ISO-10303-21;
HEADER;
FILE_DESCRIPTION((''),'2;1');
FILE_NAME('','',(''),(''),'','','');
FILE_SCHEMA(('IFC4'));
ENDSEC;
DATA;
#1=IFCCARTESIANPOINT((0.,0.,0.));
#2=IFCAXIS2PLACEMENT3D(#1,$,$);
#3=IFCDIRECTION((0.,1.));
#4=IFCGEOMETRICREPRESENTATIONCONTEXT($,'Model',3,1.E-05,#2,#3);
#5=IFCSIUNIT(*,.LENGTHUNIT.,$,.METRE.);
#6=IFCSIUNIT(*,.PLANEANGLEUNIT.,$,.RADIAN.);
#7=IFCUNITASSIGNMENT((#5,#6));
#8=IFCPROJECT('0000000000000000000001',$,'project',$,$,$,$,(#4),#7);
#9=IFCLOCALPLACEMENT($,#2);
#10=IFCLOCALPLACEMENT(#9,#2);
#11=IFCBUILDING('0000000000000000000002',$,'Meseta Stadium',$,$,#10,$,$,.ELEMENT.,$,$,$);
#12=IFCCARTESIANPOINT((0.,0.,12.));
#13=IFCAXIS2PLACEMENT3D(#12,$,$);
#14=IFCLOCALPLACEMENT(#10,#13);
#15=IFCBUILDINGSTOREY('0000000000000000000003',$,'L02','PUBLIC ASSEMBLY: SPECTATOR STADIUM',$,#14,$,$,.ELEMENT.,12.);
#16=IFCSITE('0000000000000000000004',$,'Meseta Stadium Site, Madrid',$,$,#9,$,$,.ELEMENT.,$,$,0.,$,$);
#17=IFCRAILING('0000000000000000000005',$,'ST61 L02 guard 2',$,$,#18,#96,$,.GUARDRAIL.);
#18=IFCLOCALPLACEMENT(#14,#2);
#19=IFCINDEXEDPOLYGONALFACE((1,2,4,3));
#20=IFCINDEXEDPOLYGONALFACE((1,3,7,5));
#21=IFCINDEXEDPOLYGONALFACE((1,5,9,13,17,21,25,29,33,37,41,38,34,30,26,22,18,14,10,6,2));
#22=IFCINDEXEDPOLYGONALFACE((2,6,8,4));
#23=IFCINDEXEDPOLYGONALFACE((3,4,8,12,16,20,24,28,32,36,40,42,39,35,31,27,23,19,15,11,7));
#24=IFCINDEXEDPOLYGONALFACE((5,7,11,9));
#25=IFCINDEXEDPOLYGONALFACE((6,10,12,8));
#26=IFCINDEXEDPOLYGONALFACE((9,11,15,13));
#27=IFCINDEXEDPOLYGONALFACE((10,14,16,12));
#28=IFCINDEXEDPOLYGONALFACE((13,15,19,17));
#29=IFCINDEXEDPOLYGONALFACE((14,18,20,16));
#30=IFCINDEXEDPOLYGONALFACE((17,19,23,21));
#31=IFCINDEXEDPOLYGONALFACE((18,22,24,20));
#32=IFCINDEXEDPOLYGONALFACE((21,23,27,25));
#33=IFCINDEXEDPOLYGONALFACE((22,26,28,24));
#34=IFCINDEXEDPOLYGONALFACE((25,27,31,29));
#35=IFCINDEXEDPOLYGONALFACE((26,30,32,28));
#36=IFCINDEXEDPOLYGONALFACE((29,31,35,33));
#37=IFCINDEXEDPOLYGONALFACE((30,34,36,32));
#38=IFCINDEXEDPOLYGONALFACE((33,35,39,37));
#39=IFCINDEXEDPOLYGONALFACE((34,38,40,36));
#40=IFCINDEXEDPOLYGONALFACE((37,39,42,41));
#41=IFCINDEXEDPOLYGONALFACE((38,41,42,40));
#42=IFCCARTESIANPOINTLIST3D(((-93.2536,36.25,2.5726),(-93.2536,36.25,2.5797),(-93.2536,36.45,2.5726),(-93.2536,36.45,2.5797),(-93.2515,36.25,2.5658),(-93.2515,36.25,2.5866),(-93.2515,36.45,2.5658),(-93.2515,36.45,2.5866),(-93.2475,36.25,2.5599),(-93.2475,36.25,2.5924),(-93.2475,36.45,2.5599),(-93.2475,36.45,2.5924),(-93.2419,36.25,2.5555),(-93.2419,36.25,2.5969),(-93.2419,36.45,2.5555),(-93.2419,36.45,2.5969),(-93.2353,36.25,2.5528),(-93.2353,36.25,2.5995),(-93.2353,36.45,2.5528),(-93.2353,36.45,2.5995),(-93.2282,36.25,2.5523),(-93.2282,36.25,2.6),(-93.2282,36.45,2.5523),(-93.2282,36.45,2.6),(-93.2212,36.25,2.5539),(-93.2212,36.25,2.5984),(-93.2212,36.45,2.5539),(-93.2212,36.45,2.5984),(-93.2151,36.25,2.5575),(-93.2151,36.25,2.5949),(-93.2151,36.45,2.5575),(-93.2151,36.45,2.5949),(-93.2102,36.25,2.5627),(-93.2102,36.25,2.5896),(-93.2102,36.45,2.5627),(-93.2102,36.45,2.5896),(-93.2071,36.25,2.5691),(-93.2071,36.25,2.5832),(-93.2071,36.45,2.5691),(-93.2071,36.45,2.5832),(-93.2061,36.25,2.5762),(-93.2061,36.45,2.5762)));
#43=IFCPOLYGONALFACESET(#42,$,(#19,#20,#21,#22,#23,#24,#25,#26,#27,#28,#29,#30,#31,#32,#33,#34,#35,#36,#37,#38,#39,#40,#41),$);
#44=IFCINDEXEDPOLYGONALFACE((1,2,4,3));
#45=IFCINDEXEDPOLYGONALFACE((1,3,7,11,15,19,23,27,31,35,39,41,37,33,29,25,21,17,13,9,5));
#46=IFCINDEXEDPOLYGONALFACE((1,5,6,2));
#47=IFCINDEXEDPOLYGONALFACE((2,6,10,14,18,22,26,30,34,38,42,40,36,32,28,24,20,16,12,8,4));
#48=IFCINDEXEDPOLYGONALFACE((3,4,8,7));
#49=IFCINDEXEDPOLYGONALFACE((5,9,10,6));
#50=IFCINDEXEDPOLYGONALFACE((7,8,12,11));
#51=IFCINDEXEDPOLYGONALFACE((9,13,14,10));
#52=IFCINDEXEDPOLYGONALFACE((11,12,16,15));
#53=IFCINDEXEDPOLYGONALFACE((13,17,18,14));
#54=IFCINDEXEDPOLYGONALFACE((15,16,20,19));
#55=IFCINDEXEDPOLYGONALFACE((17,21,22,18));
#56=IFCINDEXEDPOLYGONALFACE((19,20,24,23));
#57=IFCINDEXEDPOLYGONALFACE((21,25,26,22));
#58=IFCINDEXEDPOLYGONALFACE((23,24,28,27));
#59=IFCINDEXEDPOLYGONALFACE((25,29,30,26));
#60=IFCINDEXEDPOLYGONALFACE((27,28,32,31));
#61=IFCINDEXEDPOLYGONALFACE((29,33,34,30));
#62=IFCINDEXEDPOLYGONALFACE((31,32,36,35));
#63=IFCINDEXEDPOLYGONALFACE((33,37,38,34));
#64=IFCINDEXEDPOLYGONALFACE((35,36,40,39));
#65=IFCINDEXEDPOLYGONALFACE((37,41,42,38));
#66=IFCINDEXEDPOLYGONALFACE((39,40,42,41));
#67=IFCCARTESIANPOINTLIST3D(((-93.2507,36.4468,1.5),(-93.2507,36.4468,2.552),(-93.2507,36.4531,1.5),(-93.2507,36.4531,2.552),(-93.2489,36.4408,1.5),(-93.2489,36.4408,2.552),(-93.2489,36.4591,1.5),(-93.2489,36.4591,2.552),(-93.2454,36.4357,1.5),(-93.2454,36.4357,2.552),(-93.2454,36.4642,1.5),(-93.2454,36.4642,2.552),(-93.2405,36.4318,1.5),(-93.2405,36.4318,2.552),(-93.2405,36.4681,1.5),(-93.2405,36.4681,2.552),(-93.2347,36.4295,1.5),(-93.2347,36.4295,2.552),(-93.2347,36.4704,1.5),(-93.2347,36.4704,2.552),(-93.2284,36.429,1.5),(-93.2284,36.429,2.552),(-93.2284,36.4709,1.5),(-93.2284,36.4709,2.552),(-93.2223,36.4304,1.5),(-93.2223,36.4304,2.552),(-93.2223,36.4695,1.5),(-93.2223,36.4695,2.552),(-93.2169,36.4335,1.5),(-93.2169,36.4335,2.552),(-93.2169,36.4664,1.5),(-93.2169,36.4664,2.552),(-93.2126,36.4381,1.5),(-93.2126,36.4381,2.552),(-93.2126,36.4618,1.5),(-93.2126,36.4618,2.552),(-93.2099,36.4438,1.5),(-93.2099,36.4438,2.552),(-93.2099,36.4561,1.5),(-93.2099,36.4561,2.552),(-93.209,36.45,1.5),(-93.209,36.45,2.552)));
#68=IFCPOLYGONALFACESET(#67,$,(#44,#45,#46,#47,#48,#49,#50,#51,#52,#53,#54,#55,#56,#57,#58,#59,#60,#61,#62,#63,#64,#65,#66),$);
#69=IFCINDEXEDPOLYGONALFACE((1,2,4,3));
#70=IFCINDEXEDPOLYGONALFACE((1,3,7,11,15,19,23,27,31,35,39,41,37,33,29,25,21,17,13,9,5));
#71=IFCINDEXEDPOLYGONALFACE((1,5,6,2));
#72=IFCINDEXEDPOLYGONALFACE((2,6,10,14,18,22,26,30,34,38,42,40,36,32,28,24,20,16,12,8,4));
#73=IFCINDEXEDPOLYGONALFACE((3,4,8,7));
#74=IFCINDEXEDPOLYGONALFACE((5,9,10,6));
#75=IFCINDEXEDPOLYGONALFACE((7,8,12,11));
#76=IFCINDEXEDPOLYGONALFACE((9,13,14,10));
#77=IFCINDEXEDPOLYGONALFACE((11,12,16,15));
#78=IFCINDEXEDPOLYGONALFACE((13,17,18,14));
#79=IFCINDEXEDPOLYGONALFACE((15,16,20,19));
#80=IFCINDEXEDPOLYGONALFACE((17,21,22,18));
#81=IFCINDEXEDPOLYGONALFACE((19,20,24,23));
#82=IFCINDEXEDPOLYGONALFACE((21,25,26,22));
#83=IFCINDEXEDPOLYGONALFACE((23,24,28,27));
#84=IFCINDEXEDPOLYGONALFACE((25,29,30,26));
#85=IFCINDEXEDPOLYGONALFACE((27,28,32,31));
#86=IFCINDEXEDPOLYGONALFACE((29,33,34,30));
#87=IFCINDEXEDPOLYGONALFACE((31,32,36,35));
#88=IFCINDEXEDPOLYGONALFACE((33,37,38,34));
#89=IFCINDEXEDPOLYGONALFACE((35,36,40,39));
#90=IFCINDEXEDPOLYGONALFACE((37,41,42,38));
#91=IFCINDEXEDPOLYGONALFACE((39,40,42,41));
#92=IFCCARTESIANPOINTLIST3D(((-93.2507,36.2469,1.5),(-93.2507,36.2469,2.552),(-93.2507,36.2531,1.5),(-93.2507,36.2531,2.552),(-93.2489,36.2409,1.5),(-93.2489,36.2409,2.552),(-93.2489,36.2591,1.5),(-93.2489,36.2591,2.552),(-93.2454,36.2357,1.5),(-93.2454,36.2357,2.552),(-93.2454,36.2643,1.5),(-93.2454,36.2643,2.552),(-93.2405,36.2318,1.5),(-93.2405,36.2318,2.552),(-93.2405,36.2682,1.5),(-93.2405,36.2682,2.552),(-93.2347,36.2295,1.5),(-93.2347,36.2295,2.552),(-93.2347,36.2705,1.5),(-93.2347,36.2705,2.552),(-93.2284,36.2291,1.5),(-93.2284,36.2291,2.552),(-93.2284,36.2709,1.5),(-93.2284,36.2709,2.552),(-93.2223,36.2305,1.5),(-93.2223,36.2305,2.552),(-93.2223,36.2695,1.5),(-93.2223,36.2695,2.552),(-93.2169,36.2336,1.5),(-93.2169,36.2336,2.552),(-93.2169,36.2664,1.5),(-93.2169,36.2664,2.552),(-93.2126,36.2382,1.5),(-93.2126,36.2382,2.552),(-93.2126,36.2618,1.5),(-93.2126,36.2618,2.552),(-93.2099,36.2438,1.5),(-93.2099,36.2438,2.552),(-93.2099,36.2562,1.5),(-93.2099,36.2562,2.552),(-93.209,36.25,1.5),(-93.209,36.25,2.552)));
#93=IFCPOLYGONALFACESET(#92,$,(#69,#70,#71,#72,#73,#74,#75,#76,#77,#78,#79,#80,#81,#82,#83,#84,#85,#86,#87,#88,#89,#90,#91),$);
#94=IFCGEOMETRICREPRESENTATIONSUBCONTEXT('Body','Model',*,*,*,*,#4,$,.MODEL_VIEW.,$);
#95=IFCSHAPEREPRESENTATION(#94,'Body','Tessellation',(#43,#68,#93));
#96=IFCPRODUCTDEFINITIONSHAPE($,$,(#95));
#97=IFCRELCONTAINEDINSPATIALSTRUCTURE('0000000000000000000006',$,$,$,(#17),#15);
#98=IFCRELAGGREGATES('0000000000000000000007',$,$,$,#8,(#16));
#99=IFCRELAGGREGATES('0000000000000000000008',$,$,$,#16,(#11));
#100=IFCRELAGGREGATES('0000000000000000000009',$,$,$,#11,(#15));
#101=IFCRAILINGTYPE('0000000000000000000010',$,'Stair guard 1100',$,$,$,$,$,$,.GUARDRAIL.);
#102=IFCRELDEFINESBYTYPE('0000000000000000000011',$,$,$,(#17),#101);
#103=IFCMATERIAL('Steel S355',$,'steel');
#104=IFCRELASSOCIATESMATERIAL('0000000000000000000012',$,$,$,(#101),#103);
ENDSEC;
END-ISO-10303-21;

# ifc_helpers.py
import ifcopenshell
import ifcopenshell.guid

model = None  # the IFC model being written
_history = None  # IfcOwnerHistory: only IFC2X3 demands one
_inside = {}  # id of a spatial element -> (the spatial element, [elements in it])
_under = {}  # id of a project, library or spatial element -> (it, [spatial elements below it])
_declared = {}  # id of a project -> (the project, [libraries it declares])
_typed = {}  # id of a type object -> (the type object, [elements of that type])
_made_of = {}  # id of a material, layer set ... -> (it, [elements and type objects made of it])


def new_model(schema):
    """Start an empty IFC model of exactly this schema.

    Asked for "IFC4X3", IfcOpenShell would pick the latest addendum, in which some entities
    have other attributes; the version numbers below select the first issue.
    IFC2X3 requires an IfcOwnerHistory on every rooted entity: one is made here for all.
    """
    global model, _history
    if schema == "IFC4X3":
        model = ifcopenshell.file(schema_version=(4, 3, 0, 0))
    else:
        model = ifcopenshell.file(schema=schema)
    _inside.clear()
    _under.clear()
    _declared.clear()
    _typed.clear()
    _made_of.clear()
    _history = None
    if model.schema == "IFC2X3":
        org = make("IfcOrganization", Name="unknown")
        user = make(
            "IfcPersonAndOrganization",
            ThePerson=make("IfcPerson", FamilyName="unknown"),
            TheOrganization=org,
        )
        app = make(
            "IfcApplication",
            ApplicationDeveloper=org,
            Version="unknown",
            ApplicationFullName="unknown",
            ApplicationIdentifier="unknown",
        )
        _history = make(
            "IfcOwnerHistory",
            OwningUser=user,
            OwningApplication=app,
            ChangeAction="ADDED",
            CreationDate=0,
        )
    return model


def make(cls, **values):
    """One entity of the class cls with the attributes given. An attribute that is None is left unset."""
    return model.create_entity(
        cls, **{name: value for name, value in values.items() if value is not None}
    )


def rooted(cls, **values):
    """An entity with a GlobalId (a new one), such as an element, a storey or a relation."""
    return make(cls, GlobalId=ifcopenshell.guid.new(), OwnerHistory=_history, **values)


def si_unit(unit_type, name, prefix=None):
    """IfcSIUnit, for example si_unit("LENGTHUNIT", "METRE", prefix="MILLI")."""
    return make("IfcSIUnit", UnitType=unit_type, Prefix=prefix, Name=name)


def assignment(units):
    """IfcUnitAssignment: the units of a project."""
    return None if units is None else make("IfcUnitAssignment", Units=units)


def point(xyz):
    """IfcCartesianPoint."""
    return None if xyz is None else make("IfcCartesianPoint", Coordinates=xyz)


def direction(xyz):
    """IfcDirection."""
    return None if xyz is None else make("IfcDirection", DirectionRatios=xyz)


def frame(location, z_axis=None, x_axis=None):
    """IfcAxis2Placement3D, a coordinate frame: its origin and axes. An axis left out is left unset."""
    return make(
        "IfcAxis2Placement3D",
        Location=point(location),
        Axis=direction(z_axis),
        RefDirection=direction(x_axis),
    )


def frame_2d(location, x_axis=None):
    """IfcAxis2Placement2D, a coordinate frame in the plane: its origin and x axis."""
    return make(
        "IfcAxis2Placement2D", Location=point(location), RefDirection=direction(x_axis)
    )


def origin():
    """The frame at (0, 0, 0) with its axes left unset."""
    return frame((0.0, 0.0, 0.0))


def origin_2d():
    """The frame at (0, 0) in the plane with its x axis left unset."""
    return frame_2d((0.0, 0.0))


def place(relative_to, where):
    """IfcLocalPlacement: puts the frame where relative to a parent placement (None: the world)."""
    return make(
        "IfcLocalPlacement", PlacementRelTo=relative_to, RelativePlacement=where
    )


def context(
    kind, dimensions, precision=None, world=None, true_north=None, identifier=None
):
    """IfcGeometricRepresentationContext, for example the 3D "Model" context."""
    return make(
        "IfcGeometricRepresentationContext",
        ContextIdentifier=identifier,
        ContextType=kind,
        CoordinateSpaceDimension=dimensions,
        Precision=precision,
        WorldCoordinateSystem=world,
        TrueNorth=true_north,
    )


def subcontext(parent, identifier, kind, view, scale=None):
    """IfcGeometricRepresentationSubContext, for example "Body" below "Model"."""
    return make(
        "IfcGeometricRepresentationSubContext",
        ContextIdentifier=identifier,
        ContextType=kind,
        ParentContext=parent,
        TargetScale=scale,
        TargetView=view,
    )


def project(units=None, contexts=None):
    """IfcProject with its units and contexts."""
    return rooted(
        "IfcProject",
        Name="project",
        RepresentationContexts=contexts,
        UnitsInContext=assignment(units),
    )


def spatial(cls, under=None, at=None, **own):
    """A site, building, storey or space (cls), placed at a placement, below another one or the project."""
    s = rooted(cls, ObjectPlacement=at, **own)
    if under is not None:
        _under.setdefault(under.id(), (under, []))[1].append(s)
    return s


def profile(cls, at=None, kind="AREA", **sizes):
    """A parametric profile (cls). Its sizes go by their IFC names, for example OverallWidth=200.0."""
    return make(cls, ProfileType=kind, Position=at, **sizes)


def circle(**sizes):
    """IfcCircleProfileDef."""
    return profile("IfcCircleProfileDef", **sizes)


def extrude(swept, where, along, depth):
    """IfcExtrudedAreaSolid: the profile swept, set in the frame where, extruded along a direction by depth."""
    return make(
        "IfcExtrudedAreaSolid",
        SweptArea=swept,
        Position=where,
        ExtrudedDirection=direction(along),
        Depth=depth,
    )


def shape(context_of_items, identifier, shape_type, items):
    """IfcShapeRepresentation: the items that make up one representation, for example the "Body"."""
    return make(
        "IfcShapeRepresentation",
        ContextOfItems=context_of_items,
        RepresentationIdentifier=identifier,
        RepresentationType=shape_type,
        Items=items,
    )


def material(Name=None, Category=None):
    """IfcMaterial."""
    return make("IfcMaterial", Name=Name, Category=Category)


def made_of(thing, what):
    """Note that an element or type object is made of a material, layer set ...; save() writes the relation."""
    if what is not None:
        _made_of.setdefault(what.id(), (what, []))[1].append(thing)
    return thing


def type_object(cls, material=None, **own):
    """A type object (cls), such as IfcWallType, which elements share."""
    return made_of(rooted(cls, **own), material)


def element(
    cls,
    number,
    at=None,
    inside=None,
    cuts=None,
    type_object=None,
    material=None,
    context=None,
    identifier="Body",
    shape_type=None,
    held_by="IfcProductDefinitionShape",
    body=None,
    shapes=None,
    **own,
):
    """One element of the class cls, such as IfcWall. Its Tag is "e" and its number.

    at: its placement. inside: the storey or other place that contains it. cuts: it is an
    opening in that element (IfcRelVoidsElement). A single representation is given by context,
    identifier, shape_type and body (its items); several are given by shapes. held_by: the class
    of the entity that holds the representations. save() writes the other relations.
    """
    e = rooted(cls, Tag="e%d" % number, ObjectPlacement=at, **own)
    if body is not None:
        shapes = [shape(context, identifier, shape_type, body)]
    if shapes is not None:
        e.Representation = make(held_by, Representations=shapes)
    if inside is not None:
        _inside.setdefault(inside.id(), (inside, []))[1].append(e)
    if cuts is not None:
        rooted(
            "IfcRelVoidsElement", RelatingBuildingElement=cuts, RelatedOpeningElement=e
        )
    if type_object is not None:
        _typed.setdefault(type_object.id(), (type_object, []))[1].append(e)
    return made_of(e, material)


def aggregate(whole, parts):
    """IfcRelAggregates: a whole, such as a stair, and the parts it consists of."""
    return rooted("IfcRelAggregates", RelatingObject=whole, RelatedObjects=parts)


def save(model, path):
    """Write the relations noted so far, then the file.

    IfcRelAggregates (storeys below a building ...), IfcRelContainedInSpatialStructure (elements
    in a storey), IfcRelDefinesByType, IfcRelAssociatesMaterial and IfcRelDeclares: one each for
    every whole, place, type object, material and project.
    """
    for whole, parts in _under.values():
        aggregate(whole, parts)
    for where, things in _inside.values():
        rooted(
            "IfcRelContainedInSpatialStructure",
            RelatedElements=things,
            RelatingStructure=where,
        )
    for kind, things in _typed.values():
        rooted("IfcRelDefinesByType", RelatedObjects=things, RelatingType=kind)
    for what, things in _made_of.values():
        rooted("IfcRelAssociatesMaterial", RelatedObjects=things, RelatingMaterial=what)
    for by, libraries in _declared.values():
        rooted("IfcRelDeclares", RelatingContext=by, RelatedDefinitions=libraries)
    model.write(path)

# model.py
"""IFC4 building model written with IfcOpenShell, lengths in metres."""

from ifc_helpers import new_model, si_unit, direction, frame, origin, origin_2d, place, context, subcontext, project, spatial, circle, extrude, material, type_object, element, save


model = new_model("IFC4")

# Units and contexts
model_context = context("Model", 3, precision=1e-05, world=origin(), true_north=direction((0.0, 1.0)))
body_context = subcontext(model_context, "Body", "Model", "MODEL_VIEW")
ifc_project = project(units=[si_unit("LENGTHUNIT", "METRE"), si_unit("PLANEANGLEUNIT", "RADIAN")], contexts=[model_context])

# Site, building, storey
site_placement = place(None, origin())
site = spatial("IfcSite", under=ifc_project, at=site_placement, Name="Meseta Stadium Site, Madrid", CompositionType="ELEMENT", RefElevation=0.0)
building_placement = place(site_placement, origin())
building = spatial("IfcBuilding", under=site, at=building_placement, Name="Meseta Stadium", CompositionType="ELEMENT")
storey_placement = place(building_placement, frame((0.0, 0.0, 12.0)))
storey = spatial("IfcBuildingStorey", under=building, at=storey_placement, Name="L02", Description="PUBLIC ASSEMBLY: SPECTATOR STADIUM", CompositionType="ELEMENT", Elevation=12.0)

# Railing
ifc_material_1 = material(Name="Steel S355", Category="steel")
railing_type_1 = type_object("IfcRailingType", Name="Stair guard 1100", PredefinedType="GUARDRAIL", material=ifc_material_1)
railing_1_placement = place(storey_placement, frame((-93.23, 36.45, 1.5)))
element("IfcRailing", 1, at=railing_1_placement, inside=storey, type_object=railing_type_1, Name="ST61 L02 guard 2", PredefinedType="GUARDRAIL", context=body_context, shape_type="SweptSolid", body=[
    extrude(circle(Radius=0.0239, at=origin_2d()), frame((0.0, 0.0, 1.0762), z_axis=(0.0, -1.0, 0.0), x_axis=(1.0, 0.0, 0.0)), (0.0, 0.0, 1.0), 0.2),
    extrude(circle(Radius=0.021, at=origin_2d()), origin(), (0.0, 0.0, 1.0), 1.052),
    extrude(circle(Radius=0.021, at=origin_2d()), frame((0.0, -0.2, 0.0)), (0.0, 0.0, 1.0), 1.052),
])

save(model, "model.ifc")
